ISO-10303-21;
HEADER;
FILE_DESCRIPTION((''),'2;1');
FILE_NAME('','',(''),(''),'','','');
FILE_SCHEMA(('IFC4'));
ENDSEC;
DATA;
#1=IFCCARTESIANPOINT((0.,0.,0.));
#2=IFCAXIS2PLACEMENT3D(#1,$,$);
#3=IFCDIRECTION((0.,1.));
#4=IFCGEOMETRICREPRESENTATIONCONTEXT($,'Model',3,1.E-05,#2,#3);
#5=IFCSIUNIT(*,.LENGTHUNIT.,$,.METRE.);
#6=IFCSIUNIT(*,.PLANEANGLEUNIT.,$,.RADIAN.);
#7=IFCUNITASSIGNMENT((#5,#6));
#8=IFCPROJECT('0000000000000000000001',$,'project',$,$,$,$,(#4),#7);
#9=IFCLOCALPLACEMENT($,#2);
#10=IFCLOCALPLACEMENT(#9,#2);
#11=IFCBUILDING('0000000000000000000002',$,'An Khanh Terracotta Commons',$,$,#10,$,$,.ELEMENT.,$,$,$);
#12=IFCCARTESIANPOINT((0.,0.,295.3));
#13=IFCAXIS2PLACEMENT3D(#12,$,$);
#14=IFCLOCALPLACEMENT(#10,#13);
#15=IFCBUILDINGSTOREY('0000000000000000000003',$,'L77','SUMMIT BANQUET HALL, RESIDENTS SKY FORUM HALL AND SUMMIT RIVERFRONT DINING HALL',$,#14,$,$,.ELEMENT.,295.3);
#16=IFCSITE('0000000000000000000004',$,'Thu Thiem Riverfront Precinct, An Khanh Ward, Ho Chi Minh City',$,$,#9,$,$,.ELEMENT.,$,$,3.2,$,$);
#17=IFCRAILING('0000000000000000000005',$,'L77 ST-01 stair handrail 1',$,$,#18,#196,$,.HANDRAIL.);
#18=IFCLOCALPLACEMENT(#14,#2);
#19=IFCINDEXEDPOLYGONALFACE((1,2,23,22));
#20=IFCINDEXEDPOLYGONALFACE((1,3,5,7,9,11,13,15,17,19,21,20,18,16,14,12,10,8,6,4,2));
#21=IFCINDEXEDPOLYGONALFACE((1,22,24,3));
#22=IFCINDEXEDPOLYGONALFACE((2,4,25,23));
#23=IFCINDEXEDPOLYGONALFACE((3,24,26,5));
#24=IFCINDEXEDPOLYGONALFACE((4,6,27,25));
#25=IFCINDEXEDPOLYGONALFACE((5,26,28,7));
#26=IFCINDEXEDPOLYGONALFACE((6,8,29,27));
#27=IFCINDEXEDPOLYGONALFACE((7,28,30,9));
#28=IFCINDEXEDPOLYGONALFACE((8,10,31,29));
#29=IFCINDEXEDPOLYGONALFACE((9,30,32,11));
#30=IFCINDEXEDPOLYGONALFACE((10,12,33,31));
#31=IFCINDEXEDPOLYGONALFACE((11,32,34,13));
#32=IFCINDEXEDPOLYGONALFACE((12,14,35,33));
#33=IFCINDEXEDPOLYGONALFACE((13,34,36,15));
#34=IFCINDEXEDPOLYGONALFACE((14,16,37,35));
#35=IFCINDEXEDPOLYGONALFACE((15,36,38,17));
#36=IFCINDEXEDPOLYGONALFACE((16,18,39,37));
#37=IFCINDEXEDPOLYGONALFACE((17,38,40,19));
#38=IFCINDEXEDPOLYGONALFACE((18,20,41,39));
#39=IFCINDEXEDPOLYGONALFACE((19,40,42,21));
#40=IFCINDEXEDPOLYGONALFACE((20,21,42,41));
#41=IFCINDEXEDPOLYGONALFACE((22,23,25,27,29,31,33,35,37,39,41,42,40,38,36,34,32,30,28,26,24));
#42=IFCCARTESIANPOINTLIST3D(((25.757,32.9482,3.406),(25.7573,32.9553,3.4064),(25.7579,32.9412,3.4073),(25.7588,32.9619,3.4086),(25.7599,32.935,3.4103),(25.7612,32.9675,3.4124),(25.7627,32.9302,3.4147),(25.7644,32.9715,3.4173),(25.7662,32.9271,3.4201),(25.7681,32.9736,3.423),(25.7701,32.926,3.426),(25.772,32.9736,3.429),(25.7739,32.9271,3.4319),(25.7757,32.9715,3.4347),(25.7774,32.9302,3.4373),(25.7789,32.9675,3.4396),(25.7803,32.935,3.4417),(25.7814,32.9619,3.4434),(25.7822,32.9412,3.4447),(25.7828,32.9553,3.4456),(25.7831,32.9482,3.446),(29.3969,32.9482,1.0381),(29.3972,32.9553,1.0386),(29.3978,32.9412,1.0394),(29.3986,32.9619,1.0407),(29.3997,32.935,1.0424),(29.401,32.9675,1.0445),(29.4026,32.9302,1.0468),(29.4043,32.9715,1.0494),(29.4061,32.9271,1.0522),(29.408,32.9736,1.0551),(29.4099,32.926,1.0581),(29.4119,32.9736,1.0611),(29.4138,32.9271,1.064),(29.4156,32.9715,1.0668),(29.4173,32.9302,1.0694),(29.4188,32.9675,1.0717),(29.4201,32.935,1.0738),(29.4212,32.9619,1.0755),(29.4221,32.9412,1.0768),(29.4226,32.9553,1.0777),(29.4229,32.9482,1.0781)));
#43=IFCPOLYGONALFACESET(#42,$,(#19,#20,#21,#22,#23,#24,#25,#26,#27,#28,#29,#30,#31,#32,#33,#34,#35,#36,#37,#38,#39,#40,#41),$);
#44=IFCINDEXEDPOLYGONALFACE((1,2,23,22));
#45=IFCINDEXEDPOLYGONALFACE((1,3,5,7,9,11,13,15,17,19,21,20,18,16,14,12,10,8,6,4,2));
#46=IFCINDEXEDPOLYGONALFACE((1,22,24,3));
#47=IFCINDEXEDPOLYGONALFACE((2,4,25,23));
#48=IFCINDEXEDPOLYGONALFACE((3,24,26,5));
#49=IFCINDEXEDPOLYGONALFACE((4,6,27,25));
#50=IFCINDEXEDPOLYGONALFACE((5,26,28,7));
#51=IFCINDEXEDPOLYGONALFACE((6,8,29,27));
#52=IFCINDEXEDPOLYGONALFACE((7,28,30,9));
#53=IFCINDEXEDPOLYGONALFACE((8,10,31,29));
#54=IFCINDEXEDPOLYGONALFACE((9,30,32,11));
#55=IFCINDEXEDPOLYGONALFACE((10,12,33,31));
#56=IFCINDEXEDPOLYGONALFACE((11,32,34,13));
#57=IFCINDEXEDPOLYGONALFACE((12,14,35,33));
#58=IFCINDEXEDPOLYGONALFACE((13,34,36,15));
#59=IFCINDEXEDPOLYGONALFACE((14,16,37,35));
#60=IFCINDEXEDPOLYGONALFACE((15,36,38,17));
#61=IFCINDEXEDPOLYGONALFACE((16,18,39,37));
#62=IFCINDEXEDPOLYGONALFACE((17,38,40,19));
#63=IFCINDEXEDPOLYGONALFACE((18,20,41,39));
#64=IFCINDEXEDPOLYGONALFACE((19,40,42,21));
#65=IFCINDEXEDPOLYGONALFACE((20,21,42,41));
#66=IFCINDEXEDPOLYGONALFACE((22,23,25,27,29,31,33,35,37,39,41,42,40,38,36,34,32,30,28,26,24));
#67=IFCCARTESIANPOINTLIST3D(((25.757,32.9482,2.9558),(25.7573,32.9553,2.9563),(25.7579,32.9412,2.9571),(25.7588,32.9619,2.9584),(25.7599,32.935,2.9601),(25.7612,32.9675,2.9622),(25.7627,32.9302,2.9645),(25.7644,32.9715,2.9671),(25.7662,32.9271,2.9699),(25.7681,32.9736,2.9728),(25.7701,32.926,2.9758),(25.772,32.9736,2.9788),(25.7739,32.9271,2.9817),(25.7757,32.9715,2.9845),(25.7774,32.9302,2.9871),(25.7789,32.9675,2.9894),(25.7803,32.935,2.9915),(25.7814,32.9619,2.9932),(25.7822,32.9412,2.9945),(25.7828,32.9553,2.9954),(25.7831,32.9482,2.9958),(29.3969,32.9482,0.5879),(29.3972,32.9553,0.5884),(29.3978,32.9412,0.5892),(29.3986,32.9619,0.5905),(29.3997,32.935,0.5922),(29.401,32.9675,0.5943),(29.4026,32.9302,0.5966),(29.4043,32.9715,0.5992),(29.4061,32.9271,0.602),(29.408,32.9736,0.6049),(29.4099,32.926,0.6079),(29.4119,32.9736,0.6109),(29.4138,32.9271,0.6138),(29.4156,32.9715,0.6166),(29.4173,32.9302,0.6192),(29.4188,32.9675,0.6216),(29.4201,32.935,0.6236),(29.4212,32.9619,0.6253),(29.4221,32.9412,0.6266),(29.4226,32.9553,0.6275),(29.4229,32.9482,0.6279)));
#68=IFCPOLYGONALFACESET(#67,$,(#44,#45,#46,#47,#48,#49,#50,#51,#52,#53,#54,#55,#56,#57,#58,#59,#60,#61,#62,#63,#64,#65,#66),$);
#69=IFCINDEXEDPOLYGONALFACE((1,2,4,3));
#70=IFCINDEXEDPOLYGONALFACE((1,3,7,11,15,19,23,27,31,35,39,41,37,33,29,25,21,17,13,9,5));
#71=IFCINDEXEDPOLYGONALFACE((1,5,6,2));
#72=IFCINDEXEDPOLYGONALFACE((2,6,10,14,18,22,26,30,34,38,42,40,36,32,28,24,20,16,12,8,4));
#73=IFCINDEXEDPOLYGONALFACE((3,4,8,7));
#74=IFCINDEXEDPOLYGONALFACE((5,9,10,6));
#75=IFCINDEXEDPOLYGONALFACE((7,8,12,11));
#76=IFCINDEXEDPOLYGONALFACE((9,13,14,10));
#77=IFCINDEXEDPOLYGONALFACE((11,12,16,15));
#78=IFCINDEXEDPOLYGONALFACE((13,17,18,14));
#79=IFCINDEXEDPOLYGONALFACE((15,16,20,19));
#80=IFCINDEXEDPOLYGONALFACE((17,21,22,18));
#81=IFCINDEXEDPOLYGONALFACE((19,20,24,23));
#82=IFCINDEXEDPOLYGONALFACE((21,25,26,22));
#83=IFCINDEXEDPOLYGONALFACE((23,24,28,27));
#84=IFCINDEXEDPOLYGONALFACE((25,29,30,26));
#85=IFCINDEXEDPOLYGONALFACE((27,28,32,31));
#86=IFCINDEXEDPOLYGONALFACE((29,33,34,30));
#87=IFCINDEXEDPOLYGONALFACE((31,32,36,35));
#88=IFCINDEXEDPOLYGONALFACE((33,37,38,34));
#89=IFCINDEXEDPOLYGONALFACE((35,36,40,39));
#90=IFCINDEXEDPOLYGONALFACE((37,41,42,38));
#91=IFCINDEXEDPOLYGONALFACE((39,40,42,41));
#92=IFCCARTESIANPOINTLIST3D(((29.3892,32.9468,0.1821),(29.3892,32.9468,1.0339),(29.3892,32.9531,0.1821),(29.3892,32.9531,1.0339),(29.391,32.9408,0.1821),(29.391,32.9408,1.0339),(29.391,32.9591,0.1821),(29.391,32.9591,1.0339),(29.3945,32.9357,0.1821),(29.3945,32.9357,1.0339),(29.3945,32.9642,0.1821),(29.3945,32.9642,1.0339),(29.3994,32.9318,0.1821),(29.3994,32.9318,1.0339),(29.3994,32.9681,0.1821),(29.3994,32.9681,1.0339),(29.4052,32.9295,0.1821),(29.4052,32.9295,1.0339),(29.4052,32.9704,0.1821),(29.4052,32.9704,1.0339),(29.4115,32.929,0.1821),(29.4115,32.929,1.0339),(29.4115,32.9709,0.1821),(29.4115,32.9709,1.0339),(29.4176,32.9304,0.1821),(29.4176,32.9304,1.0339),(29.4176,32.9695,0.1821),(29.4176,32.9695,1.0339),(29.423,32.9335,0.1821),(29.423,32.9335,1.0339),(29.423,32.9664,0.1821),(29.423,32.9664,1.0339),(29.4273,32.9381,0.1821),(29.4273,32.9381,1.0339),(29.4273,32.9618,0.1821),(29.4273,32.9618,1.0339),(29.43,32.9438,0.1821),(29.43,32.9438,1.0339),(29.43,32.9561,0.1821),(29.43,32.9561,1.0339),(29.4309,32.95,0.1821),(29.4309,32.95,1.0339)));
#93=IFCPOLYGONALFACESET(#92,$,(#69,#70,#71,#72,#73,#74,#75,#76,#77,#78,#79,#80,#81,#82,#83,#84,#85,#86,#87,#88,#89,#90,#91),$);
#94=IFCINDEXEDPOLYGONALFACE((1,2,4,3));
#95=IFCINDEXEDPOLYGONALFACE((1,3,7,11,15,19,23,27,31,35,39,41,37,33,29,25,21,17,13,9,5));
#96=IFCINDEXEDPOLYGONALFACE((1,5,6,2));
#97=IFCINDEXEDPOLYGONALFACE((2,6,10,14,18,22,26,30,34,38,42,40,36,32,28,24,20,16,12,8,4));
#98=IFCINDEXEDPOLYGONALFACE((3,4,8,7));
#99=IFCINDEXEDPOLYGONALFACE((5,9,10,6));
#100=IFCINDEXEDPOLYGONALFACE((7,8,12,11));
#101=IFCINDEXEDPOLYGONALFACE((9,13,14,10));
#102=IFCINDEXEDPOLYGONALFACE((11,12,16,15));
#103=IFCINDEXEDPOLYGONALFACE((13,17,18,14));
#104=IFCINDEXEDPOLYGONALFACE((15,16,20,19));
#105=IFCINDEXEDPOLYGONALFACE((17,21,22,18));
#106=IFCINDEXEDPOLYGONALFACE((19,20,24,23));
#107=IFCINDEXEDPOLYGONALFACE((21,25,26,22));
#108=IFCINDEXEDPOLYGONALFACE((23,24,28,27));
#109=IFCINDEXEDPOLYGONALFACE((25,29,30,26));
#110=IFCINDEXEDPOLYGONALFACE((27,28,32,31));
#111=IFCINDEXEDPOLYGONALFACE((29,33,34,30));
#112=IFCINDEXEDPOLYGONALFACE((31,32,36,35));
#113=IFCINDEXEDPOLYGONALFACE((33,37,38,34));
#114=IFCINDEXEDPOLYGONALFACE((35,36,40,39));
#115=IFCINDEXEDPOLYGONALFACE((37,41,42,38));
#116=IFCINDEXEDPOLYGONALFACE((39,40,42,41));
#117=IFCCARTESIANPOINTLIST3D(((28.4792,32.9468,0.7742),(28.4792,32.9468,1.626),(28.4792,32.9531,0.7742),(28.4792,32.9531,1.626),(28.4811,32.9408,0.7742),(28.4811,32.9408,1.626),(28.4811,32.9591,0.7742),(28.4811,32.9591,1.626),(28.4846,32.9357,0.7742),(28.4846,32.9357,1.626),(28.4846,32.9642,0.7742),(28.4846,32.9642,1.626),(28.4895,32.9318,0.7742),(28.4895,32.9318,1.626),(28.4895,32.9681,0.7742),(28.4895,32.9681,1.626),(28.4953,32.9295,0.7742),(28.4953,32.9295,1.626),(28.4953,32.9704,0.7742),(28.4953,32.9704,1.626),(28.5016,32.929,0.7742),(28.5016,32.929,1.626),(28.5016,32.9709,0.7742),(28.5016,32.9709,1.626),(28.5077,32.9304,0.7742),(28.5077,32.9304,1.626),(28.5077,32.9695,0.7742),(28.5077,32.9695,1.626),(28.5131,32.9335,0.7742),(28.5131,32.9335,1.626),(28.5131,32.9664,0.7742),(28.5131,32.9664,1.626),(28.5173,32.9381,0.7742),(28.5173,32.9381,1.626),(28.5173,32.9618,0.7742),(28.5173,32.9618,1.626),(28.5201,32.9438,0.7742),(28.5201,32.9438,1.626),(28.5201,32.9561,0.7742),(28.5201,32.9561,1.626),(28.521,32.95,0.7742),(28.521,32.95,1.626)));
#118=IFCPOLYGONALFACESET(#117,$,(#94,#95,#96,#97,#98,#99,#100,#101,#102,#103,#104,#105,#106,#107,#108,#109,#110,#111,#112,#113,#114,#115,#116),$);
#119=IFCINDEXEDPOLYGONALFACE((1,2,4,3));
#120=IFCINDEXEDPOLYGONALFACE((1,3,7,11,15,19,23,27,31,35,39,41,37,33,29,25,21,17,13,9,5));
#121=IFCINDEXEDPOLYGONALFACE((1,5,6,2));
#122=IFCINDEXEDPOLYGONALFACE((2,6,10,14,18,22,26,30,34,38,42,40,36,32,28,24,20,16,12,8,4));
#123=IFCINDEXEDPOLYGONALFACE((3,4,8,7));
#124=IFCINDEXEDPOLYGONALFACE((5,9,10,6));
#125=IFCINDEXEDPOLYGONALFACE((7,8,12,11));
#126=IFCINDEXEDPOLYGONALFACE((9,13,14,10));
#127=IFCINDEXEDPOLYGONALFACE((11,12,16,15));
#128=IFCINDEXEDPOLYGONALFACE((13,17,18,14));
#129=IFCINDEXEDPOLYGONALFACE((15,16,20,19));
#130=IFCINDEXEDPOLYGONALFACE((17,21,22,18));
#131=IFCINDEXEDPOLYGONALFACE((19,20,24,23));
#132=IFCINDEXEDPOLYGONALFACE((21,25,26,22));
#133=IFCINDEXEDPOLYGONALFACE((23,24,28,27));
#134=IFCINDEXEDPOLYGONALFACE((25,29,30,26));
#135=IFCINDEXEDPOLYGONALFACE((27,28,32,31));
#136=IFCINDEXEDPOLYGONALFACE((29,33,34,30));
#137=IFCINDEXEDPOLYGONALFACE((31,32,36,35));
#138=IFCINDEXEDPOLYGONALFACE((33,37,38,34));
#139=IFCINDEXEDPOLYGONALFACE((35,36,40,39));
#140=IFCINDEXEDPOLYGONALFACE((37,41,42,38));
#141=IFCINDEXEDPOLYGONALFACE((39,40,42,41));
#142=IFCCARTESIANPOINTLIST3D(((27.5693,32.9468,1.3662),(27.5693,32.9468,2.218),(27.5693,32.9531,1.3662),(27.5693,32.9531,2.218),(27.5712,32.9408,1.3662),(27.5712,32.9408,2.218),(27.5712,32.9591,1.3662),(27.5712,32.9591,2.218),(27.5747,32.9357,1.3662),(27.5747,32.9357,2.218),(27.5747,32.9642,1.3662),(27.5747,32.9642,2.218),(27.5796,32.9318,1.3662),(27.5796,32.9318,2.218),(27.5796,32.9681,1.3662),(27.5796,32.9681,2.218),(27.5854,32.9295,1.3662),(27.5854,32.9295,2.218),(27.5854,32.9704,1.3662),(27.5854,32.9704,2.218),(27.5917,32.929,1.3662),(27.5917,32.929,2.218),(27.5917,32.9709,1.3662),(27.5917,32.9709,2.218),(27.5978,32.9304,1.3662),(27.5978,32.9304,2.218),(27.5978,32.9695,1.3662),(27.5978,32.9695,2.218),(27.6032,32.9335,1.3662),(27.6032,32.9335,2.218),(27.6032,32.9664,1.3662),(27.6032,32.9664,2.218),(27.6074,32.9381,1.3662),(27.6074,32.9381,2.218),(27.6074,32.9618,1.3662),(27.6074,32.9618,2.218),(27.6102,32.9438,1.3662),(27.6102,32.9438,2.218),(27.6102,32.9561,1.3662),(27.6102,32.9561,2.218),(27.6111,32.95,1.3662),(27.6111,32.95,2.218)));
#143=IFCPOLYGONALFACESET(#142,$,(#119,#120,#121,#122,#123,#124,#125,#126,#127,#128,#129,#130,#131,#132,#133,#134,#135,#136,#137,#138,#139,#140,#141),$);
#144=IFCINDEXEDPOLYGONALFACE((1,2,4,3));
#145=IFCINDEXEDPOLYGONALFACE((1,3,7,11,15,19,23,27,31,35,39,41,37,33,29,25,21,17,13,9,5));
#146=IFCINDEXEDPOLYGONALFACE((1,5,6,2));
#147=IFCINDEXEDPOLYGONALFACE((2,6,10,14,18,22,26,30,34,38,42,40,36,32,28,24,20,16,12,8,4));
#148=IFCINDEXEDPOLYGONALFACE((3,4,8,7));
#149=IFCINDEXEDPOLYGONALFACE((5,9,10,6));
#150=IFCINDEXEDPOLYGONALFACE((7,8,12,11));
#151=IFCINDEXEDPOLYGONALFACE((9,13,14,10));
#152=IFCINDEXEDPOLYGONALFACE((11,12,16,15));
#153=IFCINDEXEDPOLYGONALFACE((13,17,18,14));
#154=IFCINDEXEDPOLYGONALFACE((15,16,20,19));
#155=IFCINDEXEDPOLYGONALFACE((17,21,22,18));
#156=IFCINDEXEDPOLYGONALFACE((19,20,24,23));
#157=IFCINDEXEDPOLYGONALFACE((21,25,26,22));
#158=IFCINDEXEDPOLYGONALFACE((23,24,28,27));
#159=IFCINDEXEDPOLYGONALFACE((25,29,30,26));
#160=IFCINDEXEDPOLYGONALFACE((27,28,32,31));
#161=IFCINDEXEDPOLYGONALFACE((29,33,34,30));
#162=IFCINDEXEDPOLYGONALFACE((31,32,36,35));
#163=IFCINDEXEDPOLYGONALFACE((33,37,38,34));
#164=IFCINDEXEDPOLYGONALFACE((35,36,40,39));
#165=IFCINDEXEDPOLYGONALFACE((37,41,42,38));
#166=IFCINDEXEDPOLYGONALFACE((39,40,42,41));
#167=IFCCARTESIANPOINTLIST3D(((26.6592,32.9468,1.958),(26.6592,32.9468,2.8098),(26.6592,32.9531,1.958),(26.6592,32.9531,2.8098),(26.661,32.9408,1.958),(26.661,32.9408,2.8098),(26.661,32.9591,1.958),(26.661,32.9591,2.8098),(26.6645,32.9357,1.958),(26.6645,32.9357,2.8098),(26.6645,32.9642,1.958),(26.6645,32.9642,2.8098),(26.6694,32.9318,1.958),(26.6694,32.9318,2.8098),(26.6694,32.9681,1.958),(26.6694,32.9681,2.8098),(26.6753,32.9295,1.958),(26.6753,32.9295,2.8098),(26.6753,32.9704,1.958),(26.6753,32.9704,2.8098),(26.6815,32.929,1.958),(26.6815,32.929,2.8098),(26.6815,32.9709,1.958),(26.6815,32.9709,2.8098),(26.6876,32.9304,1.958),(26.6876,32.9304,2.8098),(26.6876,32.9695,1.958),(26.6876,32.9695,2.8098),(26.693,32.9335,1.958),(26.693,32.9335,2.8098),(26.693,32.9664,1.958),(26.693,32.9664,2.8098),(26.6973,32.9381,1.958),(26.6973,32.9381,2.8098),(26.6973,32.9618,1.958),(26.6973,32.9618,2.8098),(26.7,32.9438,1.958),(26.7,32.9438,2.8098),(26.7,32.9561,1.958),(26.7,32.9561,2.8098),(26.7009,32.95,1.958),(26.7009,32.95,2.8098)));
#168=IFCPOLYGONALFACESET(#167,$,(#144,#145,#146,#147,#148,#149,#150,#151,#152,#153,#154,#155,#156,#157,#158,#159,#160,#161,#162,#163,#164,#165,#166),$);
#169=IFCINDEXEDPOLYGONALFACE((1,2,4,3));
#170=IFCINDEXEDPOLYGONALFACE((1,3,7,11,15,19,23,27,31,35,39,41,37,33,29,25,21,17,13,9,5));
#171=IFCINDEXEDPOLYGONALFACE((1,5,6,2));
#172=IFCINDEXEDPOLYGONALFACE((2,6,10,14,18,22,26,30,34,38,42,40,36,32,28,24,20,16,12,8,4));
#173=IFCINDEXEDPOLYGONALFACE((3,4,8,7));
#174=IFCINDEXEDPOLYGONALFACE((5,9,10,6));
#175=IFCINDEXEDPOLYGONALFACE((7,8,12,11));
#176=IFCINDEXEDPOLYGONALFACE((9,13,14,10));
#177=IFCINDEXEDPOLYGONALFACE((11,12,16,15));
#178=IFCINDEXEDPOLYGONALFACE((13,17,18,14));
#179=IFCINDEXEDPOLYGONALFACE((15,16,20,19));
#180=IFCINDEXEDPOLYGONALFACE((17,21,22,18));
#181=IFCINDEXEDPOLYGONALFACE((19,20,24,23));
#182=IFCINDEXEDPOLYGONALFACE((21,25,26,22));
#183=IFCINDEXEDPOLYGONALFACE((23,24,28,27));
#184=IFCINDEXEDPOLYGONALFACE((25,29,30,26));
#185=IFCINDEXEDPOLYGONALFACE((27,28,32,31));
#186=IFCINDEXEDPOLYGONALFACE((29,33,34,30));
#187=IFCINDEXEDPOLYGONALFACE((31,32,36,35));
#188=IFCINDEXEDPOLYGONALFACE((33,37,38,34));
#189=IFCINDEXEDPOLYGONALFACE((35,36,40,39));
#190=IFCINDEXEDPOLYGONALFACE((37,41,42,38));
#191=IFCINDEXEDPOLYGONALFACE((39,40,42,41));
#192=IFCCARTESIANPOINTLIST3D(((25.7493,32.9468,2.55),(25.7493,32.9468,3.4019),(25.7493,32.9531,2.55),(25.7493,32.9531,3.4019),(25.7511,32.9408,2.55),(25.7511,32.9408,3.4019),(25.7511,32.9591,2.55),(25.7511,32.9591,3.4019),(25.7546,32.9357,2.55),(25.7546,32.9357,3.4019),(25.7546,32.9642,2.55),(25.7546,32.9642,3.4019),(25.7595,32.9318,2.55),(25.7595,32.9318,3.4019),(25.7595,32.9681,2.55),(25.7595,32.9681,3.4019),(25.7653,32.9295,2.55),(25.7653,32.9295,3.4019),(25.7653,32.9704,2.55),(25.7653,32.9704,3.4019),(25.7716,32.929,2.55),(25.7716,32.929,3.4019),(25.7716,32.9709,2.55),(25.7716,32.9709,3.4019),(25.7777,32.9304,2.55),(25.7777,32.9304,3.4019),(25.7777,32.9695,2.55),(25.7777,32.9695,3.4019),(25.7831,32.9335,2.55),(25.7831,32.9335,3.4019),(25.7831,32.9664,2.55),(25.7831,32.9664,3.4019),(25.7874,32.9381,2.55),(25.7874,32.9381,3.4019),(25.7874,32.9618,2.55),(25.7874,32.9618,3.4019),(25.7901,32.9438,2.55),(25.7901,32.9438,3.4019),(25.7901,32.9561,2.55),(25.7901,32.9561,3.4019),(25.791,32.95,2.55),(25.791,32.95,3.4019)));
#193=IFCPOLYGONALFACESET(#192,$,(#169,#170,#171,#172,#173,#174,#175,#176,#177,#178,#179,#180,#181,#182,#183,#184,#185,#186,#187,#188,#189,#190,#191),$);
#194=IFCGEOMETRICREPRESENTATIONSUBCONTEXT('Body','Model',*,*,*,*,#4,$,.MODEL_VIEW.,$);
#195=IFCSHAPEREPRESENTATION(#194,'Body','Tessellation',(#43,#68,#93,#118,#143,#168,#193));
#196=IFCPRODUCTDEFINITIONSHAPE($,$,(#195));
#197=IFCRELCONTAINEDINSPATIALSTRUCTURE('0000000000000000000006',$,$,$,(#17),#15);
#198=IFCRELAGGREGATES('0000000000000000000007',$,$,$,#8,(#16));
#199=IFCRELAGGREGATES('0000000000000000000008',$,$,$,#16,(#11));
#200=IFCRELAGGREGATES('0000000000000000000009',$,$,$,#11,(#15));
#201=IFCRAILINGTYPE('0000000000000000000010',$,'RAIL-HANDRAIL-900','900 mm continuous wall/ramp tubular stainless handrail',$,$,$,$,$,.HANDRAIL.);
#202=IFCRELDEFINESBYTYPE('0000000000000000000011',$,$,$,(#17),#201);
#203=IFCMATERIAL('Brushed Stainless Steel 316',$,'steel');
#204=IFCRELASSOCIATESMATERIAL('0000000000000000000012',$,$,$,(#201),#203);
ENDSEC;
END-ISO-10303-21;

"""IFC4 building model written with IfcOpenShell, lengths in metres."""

from ifc_helpers import new_model, si_unit, direction, frame, origin, origin_2d, place, context, subcontext, project, spatial, circle, extrude, material, type_object, element, save


model = new_model("IFC4")

# Units and contexts
model_context = context("Model", 3, precision=1e-05, world=origin(), true_north=direction((0.0, 1.0)))
body_context = subcontext(model_context, "Body", "Model", "MODEL_VIEW")
ifc_project = project(units=[si_unit("LENGTHUNIT", "METRE"), si_unit("PLANEANGLEUNIT", "RADIAN")], contexts=[model_context])

# Site, building, storey
site_placement = place(None, origin())
site = spatial("IfcSite", under=ifc_project, at=site_placement, Name="Thu Thiem Riverfront Precinct, An Khanh Ward, Ho Chi Minh City", CompositionType="ELEMENT", RefElevation=3.2)
building_placement = place(site_placement, origin())
building = spatial("IfcBuilding", under=site, at=building_placement, Name="An Khanh Terracotta Commons", CompositionType="ELEMENT")
storey_placement = place(building_placement, frame((0.0, 0.0, 295.3)))
storey = spatial("IfcBuildingStorey", under=building, at=storey_placement, Name="L77", Description="SUMMIT BANQUET HALL, RESIDENTS SKY FORUM HALL AND SUMMIT RIVERFRONT DINING HALL", CompositionType="ELEMENT", Elevation=295.3)

# Railing
ifc_material_1 = material(Name="Brushed Stainless Steel 316", Category="steel")
railing_type_1 = type_object("IfcRailingType", Name="RAIL-HANDRAIL-900", Description="900 mm continuous wall/ramp tubular stainless handrail", PredefinedType="HANDRAIL", material=ifc_material_1)
railing_1_placement = place(storey_placement, frame((29.4099, 32.95, 0.1821)))
element("IfcRailing", 1, at=railing_1_placement, inside=storey, type_object=railing_type_1, Name="L77 ST-01 stair handrail 1", PredefinedType="HANDRAIL", context=body_context, shape_type="SweptSolid", body=[
    extrude(circle(Radius=0.0239, at=origin_2d()), frame((0.0, 0.0, 0.876), z_axis=(-0.838234, 0.0, 0.54531), x_axis=(0.0, -1.0, 0.0)), (0.0, 0.0, 1.0), 4.3423),
    extrude(circle(Radius=0.0239, at=origin_2d()), frame((0.0, 0.0, 0.4258), z_axis=(-0.838234, 0.0, 0.54531), x_axis=(0.0, -1.0, 0.0)), (0.0, 0.0, 1.0), 4.3423),
    extrude(circle(Radius=0.021, at=origin_2d()), origin(), (0.0, 0.0, 1.0), 0.8518),
    extrude(circle(Radius=0.021, at=origin_2d()), frame((-0.9099, 0.0, 0.592)), (0.0, 0.0, 1.0), 0.8518),
    extrude(circle(Radius=0.021, at=origin_2d()), frame((-1.8198, 0.0, 1.1841)), (0.0, 0.0, 1.0), 0.8518),
    extrude(circle(Radius=0.021, at=origin_2d()), frame((-2.73, 0.0, 1.7759)), (0.0, 0.0, 1.0), 0.8518),
    extrude(circle(Radius=0.021, at=origin_2d()), frame((-3.6399, 0.0, 2.3679)), (0.0, 0.0, 1.0), 0.8518),
])

save(model, "model.ifc")
